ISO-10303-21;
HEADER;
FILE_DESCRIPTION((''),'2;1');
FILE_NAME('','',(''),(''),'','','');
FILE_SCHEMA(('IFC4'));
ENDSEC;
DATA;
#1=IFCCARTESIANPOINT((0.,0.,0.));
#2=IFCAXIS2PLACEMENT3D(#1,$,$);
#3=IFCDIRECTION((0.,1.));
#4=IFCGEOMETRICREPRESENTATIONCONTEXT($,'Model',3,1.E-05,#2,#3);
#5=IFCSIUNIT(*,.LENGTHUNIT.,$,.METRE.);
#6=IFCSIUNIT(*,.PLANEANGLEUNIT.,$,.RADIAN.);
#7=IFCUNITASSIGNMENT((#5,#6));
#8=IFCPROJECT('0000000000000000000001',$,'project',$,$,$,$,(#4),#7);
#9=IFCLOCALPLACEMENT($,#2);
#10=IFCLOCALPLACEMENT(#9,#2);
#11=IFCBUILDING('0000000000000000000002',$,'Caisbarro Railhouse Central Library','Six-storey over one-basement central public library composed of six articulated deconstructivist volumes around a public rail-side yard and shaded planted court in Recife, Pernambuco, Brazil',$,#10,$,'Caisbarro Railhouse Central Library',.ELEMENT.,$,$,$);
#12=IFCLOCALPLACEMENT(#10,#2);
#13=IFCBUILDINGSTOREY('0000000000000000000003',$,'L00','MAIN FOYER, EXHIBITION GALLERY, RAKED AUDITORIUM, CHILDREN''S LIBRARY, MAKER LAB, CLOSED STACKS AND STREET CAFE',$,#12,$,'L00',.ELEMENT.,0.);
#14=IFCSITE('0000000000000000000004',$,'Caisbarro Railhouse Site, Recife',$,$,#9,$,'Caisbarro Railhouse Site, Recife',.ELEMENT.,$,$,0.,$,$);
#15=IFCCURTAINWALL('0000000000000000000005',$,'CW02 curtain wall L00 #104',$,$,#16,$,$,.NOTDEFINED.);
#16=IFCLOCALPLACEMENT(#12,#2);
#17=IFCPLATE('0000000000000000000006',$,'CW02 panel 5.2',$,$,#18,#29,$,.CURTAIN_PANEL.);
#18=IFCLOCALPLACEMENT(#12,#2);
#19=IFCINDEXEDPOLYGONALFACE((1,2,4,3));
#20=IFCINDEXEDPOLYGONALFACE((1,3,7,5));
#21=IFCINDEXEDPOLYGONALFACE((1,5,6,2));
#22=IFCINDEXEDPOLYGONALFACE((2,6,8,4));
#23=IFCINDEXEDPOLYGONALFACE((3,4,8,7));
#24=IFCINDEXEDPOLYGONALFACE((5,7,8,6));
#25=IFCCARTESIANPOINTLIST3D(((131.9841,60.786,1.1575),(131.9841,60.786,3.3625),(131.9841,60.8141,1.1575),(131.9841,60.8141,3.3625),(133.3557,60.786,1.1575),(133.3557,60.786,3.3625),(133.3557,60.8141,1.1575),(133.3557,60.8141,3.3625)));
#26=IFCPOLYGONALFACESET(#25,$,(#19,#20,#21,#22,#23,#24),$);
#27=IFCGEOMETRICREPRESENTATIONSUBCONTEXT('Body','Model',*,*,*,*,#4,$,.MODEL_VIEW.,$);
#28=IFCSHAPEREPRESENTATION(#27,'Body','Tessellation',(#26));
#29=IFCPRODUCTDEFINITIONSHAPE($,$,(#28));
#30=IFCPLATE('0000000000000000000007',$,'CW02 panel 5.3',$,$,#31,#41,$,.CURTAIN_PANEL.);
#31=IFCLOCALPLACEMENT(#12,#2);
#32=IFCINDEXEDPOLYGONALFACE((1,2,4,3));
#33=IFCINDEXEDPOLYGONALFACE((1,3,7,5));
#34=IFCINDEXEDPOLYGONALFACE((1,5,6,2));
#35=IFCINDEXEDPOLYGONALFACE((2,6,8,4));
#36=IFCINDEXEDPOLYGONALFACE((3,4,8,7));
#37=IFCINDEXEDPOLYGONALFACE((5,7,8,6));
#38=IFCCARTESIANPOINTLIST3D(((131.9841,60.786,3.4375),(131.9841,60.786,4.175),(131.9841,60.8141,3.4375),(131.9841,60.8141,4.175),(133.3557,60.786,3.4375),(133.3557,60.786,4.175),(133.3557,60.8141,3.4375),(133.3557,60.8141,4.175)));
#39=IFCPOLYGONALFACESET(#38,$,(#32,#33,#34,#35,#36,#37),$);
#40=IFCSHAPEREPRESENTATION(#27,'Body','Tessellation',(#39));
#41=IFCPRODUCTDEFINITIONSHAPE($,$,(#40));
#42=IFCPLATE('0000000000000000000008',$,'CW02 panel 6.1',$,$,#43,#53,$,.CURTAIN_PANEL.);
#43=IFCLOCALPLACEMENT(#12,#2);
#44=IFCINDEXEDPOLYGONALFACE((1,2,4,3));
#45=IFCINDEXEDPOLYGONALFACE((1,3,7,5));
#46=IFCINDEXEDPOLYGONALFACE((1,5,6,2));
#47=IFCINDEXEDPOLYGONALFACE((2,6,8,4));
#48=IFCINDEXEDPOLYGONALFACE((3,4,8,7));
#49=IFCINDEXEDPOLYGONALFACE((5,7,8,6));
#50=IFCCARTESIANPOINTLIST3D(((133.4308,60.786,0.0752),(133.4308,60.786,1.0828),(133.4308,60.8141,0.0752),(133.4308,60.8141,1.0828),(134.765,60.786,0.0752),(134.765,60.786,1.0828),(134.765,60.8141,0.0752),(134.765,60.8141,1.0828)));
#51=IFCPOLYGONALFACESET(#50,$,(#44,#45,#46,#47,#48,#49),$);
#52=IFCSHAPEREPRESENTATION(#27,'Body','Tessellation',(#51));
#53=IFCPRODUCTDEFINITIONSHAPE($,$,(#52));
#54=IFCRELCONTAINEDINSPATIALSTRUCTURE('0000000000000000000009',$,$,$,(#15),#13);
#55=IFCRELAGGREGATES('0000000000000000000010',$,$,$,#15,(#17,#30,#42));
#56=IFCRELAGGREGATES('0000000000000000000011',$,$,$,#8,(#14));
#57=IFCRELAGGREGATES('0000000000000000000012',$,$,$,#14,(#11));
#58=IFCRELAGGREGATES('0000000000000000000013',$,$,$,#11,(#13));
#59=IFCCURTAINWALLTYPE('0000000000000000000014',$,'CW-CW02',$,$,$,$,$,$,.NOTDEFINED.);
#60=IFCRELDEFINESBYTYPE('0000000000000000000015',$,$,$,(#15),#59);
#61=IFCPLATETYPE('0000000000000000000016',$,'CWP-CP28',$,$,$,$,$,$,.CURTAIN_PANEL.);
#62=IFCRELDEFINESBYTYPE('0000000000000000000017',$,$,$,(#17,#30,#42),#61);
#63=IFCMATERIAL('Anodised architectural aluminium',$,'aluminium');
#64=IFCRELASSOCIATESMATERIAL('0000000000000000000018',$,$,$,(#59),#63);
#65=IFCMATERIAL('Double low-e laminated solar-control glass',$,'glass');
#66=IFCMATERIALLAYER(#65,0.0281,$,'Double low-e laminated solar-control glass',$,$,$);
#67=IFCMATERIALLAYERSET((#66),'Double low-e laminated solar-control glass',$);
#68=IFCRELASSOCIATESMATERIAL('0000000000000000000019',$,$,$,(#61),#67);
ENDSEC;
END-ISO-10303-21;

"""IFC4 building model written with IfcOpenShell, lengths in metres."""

from ifc_helpers import new_model, si_unit, direction, frame, origin, origin_2d, place, context, subcontext, project, spatial, rectangle, extrude, material, layer, layer_set, type_object, element, aggregate, save


model = new_model("IFC4")

# Units and contexts
model_context = context("Model", 3, precision=1e-05, world=origin(), true_north=direction((0.0, 1.0)))
body_context = subcontext(model_context, "Body", "Model", "MODEL_VIEW")
ifc_project = project(units=[si_unit("LENGTHUNIT", "METRE"), si_unit("PLANEANGLEUNIT", "RADIAN")], contexts=[model_context])

# Site, building, storey
site_placement = place(None, origin())
site = spatial("IfcSite", under=ifc_project, at=site_placement, Name="Caisbarro Railhouse Site, Recife", LongName="Caisbarro Railhouse Site, Recife", CompositionType="ELEMENT", RefElevation=0.0)
building_placement = place(site_placement, origin())
building = spatial("IfcBuilding", under=site, at=building_placement, Name="Caisbarro Railhouse Central Library", Description="Six-storey over one-basement central public library composed of six articulated deconstructivist volumes around a public rail-side yard and shaded planted court in Recife, Pernambuco, Brazil", LongName="Caisbarro Railhouse Central Library", CompositionType="ELEMENT")
storey_placement = place(building_placement, origin())
storey = spatial("IfcBuildingStorey", under=building, at=storey_placement, Name="L00", Description="MAIN FOYER, EXHIBITION GALLERY, RAKED AUDITORIUM, CHILDREN'S LIBRARY, MAKER LAB, CLOSED STACKS AND STREET CAFE", LongName="L00", CompositionType="ELEMENT", Elevation=0.0)

# Curtain wall, plates
ifc_material_1 = material(Name="Anodised architectural aluminium", Category="aluminium")
curtain_wall_type = type_object("IfcCurtainWallType", Name="CW-CW02", PredefinedType="NOTDEFINED", material=ifc_material_1)
curtain_wall_placement = place(storey_placement, origin())
curtain_wall = element("IfcCurtainWall", 1, at=curtain_wall_placement, inside=storey, type_object=curtain_wall_type, Name="CW02 curtain wall L00 #104", PredefinedType="NOTDEFINED")
ifc_material_2 = material(Name="Double low-e laminated solar-control glass", Category="glass")
ifc_layer = layer(ifc_material_2, 0.0281, Name="Double low-e laminated solar-control glass")
ifc_layer_set = layer_set([ifc_layer], Name="Double low-e laminated solar-control glass")
plate_type = type_object("IfcPlateType", Name="CWP-CP28", PredefinedType="CURTAIN_PANEL", material=ifc_layer_set)
plate_1_placement = place(storey_placement, frame((132.6699, 60.8, 1.1575), z_axis=(0.0, 0.0, 1.0), x_axis=(1.0, 0.0, 0.0)))
plate_1 = element("IfcPlate", 2, at=plate_1_placement, type_object=plate_type, Name="CW02 panel 5.2", PredefinedType="CURTAIN_PANEL", context=body_context, shape_type="SweptSolid", body=[
    extrude(rectangle(XDim=1.3716, YDim=0.0281, at=origin_2d()), origin(), (0.0, 0.0, 1.0), 2.2051),
])
plate_2_placement = place(storey_placement, frame((132.6699, 60.8, 3.4375), z_axis=(0.0, 0.0, 1.0), x_axis=(1.0, 0.0, 0.0)))
plate_2 = element("IfcPlate", 3, at=plate_2_placement, type_object=plate_type, Name="CW02 panel 5.3", PredefinedType="CURTAIN_PANEL", context=body_context, shape_type="SweptSolid", body=[
    extrude(rectangle(XDim=1.3716, YDim=0.0281, at=origin_2d()), origin(), (0.0, 0.0, 1.0), 0.7375),
])
plate_3_placement = place(storey_placement, frame((134.0979, 60.8, 0.0752), z_axis=(0.0, 0.0, 1.0), x_axis=(1.0, 0.0, 0.0)))
plate_3 = element("IfcPlate", 4, at=plate_3_placement, type_object=plate_type, Name="CW02 panel 6.1", PredefinedType="CURTAIN_PANEL", context=body_context, shape_type="SweptSolid", body=[
    extrude(rectangle(XDim=1.3342, YDim=0.0281, at=origin_2d()), origin(), (0.0, 0.0, 1.0), 1.0076),
])
aggregate(curtain_wall, [plate_1, plate_2, plate_3])

save(model, "model.ifc")
